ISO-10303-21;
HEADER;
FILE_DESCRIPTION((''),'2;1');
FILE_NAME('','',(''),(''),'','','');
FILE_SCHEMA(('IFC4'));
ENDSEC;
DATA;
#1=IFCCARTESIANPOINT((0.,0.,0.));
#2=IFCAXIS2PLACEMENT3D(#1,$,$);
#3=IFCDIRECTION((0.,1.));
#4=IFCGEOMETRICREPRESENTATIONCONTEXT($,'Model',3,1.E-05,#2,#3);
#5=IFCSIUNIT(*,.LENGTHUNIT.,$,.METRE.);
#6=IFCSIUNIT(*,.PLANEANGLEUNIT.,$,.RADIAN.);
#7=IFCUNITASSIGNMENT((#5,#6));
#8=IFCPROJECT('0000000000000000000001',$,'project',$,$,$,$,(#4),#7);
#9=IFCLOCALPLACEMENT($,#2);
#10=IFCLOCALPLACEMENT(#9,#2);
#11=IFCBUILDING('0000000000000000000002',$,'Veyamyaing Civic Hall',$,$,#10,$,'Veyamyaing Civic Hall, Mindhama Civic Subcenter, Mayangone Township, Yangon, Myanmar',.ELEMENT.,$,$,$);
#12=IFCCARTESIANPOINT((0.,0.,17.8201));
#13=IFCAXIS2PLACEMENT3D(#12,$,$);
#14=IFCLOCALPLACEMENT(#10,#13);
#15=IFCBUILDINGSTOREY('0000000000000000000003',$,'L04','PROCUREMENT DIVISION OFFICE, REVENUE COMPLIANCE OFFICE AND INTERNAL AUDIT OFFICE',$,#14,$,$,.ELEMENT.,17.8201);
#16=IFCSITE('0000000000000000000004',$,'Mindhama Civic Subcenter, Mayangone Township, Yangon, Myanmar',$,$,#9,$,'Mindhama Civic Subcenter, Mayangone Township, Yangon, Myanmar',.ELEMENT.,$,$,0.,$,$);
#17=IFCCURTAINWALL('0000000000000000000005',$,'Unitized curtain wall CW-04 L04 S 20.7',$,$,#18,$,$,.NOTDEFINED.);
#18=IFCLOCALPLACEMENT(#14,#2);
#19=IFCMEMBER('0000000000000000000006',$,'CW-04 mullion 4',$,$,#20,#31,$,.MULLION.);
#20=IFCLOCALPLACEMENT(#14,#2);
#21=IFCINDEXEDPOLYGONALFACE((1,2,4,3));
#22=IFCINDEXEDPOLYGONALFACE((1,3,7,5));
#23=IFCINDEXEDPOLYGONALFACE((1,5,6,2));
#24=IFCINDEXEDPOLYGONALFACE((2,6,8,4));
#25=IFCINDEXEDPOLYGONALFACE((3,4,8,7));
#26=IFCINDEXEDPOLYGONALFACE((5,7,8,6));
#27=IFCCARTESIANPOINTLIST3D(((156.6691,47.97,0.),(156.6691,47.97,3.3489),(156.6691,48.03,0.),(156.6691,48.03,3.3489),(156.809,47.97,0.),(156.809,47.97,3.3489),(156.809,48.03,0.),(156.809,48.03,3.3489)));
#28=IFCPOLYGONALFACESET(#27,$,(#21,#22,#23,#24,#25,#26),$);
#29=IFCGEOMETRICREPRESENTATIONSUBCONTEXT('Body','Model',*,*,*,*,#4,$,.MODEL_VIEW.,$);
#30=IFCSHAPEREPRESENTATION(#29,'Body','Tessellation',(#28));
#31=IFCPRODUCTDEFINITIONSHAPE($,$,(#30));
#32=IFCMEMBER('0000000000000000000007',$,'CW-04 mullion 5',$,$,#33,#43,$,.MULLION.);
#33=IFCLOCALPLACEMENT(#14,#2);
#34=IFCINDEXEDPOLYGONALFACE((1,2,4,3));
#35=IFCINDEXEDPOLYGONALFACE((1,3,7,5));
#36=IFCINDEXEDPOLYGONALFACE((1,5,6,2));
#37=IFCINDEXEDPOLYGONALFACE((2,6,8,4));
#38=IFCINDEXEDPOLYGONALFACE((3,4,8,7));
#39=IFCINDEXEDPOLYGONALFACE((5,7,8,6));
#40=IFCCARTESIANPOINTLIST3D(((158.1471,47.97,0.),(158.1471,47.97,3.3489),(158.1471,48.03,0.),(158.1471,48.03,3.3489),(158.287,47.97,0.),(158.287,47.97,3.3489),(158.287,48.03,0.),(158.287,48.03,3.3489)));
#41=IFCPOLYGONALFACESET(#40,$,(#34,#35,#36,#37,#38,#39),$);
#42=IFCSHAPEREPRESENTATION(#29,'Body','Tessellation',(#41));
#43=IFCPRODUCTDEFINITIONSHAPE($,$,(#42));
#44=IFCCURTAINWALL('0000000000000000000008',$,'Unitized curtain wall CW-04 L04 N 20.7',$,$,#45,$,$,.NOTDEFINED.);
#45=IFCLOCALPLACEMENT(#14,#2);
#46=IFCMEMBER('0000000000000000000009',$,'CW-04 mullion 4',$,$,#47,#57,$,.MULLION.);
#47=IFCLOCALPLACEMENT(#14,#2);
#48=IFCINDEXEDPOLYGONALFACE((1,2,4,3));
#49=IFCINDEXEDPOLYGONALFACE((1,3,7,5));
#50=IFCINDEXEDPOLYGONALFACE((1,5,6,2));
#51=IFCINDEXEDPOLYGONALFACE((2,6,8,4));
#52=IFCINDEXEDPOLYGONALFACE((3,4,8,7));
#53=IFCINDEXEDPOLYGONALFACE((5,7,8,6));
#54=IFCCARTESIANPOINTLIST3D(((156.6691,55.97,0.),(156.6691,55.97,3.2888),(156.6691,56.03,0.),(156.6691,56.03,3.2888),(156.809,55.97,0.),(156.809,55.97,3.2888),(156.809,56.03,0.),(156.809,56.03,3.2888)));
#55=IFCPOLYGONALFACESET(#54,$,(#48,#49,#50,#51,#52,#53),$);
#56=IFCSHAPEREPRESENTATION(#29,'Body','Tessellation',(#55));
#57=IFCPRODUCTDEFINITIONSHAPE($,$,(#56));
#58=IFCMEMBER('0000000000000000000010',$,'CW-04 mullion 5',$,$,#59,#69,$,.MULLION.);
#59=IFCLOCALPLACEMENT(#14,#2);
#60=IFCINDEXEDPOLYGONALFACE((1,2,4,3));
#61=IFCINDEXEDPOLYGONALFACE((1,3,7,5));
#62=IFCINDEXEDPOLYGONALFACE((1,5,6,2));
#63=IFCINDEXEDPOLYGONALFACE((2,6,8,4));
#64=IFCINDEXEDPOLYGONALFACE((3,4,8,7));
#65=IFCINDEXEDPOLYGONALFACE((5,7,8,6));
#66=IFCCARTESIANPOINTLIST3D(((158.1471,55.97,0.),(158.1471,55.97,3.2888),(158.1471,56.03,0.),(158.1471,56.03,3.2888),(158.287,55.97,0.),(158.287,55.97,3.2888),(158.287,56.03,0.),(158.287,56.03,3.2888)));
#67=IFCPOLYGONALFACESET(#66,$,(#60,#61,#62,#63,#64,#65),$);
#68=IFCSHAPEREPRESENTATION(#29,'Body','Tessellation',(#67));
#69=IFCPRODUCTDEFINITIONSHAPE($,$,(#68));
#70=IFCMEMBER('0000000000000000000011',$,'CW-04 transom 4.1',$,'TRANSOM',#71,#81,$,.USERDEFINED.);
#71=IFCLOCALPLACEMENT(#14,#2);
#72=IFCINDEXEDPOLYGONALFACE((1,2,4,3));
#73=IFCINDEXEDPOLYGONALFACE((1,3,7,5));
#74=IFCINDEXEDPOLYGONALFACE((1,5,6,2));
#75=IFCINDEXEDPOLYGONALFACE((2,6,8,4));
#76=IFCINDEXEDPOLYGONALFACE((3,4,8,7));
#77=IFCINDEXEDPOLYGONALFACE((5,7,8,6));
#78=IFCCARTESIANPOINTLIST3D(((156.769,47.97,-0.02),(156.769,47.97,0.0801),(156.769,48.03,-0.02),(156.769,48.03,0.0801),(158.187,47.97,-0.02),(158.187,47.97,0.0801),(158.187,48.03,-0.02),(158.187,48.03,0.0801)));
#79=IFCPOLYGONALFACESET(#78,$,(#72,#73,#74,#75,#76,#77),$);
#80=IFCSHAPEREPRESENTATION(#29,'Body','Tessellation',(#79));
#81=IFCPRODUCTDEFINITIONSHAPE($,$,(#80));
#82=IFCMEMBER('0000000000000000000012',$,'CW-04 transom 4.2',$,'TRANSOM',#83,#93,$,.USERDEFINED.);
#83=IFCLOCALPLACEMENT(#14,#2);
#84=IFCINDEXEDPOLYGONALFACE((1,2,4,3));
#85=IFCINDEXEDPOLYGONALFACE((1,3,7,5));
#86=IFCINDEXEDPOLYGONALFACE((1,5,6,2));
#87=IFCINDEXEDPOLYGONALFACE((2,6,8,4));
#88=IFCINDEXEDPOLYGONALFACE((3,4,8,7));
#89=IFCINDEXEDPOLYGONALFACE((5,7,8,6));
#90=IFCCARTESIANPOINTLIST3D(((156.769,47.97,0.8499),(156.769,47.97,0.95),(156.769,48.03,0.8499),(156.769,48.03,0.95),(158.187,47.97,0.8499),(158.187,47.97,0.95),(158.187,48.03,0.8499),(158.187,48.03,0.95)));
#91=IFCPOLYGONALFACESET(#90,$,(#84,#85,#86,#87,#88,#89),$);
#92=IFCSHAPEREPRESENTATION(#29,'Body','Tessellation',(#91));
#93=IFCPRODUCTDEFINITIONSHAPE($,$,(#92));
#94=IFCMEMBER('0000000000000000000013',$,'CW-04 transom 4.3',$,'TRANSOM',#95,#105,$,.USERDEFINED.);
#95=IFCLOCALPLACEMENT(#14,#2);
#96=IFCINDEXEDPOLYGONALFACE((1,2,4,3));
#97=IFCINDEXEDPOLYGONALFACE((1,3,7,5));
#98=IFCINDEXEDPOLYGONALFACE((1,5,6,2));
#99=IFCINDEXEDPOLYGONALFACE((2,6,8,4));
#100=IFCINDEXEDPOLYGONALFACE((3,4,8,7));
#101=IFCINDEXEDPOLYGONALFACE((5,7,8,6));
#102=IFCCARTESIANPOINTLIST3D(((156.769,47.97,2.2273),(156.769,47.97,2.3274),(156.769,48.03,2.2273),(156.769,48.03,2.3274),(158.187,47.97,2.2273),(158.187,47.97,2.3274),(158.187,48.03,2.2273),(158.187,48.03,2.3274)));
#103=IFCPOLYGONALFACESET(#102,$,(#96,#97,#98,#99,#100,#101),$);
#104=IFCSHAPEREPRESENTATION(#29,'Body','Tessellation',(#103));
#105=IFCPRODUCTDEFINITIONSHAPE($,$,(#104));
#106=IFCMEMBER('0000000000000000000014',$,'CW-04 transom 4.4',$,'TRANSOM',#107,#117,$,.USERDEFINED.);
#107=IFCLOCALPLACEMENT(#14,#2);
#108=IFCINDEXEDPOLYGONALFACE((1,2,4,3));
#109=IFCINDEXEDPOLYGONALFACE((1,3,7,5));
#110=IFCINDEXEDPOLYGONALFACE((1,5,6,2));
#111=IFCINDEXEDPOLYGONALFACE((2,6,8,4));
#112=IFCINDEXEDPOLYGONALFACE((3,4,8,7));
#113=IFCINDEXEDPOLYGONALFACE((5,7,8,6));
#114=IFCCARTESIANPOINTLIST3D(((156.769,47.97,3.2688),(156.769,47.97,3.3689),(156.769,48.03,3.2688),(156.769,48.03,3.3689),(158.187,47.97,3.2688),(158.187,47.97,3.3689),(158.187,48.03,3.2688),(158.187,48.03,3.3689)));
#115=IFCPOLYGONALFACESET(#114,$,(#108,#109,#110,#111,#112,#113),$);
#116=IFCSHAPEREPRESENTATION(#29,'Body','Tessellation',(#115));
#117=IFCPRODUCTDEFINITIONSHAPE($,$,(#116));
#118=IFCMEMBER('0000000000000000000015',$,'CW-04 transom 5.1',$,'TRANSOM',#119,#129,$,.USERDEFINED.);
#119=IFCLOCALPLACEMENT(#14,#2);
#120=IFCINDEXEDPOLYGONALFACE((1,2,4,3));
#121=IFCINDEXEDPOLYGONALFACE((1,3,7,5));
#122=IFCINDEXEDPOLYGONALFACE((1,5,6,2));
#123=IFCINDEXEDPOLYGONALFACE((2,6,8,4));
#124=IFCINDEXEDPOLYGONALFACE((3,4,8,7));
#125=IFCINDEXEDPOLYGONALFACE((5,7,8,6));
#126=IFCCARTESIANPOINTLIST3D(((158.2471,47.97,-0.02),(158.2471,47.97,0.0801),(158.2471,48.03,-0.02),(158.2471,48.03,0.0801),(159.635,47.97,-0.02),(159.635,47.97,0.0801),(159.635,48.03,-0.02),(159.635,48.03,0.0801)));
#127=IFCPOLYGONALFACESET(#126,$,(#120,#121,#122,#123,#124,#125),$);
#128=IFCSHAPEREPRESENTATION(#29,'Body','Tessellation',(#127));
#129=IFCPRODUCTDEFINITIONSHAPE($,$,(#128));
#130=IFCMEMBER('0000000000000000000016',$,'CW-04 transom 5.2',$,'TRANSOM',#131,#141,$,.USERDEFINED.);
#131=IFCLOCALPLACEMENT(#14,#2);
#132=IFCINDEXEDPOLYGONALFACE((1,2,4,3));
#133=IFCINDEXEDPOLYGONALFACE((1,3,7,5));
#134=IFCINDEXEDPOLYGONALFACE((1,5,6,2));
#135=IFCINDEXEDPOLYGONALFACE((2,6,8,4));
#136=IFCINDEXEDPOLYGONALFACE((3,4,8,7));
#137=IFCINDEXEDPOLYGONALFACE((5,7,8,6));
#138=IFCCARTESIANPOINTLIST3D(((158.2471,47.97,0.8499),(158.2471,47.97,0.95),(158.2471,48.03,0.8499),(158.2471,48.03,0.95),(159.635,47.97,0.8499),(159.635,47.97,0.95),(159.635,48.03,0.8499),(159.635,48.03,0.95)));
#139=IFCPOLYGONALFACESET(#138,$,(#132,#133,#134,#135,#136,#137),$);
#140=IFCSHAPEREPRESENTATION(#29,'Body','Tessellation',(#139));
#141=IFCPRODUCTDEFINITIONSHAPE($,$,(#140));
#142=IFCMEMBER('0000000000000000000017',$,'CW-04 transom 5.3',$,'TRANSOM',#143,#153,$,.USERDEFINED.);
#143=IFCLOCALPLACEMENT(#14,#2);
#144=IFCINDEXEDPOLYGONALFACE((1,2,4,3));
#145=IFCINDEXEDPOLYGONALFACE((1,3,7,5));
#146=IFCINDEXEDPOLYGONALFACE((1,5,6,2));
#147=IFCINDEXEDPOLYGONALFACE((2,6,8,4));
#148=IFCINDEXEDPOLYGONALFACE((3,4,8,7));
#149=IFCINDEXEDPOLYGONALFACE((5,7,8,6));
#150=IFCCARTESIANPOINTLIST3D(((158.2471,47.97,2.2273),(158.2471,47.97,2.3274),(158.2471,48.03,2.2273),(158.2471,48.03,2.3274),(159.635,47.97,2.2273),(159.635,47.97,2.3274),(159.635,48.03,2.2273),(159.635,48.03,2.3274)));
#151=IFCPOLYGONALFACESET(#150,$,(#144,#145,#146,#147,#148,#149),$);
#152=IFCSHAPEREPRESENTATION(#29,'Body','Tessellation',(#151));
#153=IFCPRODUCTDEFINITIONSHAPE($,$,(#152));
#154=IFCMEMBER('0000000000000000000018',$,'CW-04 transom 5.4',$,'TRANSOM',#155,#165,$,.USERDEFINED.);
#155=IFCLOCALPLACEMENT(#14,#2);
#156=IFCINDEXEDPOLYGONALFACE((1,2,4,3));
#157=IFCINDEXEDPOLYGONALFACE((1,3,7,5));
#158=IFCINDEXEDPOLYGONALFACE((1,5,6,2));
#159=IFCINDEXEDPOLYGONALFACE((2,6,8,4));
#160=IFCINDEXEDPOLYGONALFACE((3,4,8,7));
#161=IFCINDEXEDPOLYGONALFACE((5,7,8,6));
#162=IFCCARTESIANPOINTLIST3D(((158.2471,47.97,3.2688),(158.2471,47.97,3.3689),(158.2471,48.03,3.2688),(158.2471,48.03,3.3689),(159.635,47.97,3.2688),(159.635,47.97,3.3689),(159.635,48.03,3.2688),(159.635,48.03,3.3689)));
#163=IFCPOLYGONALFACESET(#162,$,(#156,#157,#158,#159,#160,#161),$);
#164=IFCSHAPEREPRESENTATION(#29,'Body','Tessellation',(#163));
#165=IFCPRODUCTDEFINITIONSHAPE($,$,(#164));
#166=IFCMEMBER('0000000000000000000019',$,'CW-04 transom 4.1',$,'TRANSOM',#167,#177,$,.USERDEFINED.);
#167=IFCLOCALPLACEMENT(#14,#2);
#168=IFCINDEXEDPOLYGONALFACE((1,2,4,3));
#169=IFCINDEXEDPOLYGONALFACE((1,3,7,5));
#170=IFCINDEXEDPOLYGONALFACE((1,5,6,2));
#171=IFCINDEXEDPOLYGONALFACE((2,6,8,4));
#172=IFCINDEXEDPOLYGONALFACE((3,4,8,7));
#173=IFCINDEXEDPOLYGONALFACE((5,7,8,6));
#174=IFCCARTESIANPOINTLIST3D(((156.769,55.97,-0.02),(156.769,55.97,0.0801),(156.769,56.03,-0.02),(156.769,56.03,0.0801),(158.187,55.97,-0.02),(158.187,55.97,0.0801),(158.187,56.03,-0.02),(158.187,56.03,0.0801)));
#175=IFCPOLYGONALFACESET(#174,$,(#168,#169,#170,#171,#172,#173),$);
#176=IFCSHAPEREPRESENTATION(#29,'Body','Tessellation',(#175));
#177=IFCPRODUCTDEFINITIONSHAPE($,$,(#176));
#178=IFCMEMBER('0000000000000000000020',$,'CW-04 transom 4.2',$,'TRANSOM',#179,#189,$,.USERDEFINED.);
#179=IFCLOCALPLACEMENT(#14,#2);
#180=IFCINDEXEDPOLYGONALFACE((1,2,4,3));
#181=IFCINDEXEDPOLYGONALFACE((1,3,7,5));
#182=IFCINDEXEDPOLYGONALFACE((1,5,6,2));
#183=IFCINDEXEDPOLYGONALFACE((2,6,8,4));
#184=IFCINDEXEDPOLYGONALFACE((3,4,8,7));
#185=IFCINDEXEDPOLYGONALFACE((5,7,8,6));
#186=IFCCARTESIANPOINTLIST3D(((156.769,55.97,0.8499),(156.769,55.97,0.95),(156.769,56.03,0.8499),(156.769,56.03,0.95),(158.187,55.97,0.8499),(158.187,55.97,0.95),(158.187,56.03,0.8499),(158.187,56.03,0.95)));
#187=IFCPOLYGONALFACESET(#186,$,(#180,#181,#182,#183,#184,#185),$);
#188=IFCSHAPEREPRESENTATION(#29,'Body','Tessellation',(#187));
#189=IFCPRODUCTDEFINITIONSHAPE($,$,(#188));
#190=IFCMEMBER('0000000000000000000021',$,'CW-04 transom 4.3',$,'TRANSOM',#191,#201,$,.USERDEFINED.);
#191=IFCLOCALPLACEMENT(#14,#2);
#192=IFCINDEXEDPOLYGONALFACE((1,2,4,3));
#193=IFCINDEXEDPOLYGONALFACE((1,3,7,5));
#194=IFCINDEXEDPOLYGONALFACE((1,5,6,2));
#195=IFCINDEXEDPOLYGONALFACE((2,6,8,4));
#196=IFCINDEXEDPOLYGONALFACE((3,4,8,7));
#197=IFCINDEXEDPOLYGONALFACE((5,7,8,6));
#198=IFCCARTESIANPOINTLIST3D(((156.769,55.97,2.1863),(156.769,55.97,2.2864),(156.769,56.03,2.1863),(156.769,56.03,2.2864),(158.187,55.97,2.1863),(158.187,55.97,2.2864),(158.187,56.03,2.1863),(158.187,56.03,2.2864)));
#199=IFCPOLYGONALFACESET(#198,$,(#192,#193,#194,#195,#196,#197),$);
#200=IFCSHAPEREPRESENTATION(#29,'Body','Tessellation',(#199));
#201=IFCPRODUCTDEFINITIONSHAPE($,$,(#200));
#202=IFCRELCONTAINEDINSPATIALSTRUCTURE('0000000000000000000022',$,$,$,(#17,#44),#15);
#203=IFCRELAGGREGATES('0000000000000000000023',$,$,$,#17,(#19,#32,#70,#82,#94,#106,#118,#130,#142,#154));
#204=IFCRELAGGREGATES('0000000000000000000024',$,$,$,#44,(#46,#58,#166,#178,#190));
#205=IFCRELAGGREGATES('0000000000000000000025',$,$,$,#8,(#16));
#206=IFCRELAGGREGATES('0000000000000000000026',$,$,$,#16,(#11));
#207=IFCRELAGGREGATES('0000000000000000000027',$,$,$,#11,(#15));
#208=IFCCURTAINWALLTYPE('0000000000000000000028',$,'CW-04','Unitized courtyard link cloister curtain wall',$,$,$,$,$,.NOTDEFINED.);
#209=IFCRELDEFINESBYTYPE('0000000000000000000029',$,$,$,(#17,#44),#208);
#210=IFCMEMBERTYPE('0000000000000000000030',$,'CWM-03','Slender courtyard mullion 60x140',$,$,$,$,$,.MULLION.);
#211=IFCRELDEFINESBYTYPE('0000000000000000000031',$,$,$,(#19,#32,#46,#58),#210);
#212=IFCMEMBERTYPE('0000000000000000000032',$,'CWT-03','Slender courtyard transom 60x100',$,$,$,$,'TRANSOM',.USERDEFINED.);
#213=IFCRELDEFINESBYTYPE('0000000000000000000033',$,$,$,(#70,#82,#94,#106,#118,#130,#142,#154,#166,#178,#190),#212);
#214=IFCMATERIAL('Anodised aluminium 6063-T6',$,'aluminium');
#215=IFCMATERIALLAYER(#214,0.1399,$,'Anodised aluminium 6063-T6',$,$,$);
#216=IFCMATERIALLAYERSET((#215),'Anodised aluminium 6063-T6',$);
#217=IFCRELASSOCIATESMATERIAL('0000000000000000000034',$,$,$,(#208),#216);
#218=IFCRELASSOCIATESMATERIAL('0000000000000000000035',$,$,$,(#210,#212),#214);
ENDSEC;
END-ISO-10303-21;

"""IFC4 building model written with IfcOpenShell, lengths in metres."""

from ifc_helpers import new_model, si_unit, direction, frame, origin, origin_2d, place, context, subcontext, project, spatial, rectangle, extrude, material, layer, layer_set, material_profile, profile_set, type_object, element, aggregate, save


model = new_model("IFC4")

# Units and contexts
model_context = context("Model", 3, precision=1e-05, world=origin(), true_north=direction((0.0, 1.0)))
body_context = subcontext(model_context, "Body", "Model", "MODEL_VIEW")
ifc_project = project(units=[si_unit("LENGTHUNIT", "METRE"), si_unit("PLANEANGLEUNIT", "RADIAN")], contexts=[model_context])

# Site, building, storey
site_placement = place(None, origin())
site = spatial("IfcSite", under=ifc_project, at=site_placement, Name="Mindhama Civic Subcenter, Mayangone Township, Yangon, Myanmar", LongName="Mindhama Civic Subcenter, Mayangone Township, Yangon, Myanmar", CompositionType="ELEMENT", RefElevation=0.0)
building_placement = place(site_placement, origin())
building = spatial("IfcBuilding", under=site, at=building_placement, Name="Veyamyaing Civic Hall", LongName="Veyamyaing Civic Hall, Mindhama Civic Subcenter, Mayangone Township, Yangon, Myanmar", CompositionType="ELEMENT")
storey_placement = place(building_placement, frame((0.0, 0.0, 17.8201)))
storey = spatial("IfcBuildingStorey", under=building, at=storey_placement, Name="L04", Description="PROCUREMENT DIVISION OFFICE, REVENUE COMPLIANCE OFFICE AND INTERNAL AUDIT OFFICE", CompositionType="ELEMENT", Elevation=17.8201)

# Curtain walls, members
ifc_material_1 = material(Name="Anodised aluminium 6063-T6", Category="aluminium")
ifc_layer_1 = layer(ifc_material_1, 0.1399, Name="Anodised aluminium 6063-T6")
ifc_layer_set_1 = layer_set([ifc_layer_1], Name="Anodised aluminium 6063-T6")
curtain_wall_type = type_object("IfcCurtainWallType", Name="CW-04", Description="Unitized courtyard link cloister curtain wall", PredefinedType="NOTDEFINED", material=ifc_layer_set_1)
curtain_wall_1_placement = place(storey_placement, origin())
curtain_wall_1 = element("IfcCurtainWall", 1, at=curtain_wall_1_placement, inside=storey, type_object=curtain_wall_type, Name="Unitized curtain wall CW-04 L04 S 20.7", PredefinedType="NOTDEFINED")
ifc_material_profile_1 = material_profile(ifc_material_1, rectangle(XDim=0.0601, YDim=0.1399, at=origin_2d()), Name="ALU-MUL-60X140")
ifc_profile_set_1 = profile_set([ifc_material_profile_1], Name="Anodised aluminium 6063-T6")
member_type_1 = type_object("IfcMemberType", Name="CWM-03", Description="Slender courtyard mullion 60x140", PredefinedType="MULLION", material=ifc_profile_set_1)
member_1_placement = place(storey_placement, frame((156.739, 48.0, 0.0), z_axis=(0.0, 0.0, 1.0), x_axis=(0.0, 1.0, 0.0)))
member_1 = element("IfcMember", 2, at=member_1_placement, type_object=member_type_1, Name="CW-04 mullion 4", PredefinedType="MULLION", context=body_context, shape_type="SweptSolid", body=[
    extrude(rectangle(XDim=0.0601, YDim=0.1399, at=origin_2d()), origin(), (0.0, 0.0, 1.0), 3.3489),
])
member_2_placement = place(storey_placement, frame((158.217, 48.0, 0.0), z_axis=(0.0, 0.0, 1.0), x_axis=(0.0, 1.0, 0.0)))
member_2 = element("IfcMember", 3, at=member_2_placement, type_object=member_type_1, Name="CW-04 mullion 5", PredefinedType="MULLION", context=body_context, shape_type="SweptSolid", body=[
    extrude(rectangle(XDim=0.0601, YDim=0.1399, at=origin_2d()), origin(), (0.0, 0.0, 1.0), 3.3489),
])
curtain_wall_2_placement = place(storey_placement, origin())
curtain_wall_2 = element("IfcCurtainWall", 4, at=curtain_wall_2_placement, inside=storey, type_object=curtain_wall_type, Name="Unitized curtain wall CW-04 L04 N 20.7", PredefinedType="NOTDEFINED")
member_3_placement = place(storey_placement, frame((156.739, 56.0, 0.0), z_axis=(0.0, 0.0, 1.0), x_axis=(0.0, 1.0, 0.0)))
member_3 = element("IfcMember", 5, at=member_3_placement, type_object=member_type_1, Name="CW-04 mullion 4", PredefinedType="MULLION", context=body_context, shape_type="SweptSolid", body=[
    extrude(rectangle(XDim=0.0601, YDim=0.1399, at=origin_2d()), origin(), (0.0, 0.0, 1.0), 3.2888),
])
member_4_placement = place(storey_placement, frame((158.217, 56.0, 0.0), z_axis=(0.0, 0.0, 1.0), x_axis=(0.0, 1.0, 0.0)))
member_4 = element("IfcMember", 6, at=member_4_placement, type_object=member_type_1, Name="CW-04 mullion 5", PredefinedType="MULLION", context=body_context, shape_type="SweptSolid", body=[
    extrude(rectangle(XDim=0.0601, YDim=0.1399, at=origin_2d()), origin(), (0.0, 0.0, 1.0), 3.2888),
])

# Members
ifc_material_profile_2 = material_profile(ifc_material_1, rectangle(XDim=0.0601, YDim=0.1001, at=origin_2d()), Name="ALU-TRN-60X100")
ifc_profile_set_2 = profile_set([ifc_material_profile_2], Name="Anodised aluminium 6063-T6")
member_type_2 = type_object("IfcMemberType", Name="CWT-03", Description="Slender courtyard transom 60x100", ElementType="TRANSOM", PredefinedType="USERDEFINED", material=ifc_profile_set_2)
member_5_placement = place(storey_placement, frame((156.769, 48.0, 0.03), z_axis=(1.0, 0.0, 0.0), x_axis=(0.0, 1.0, 0.0)))
member_5 = element("IfcMember", 7, at=member_5_placement, type_object=member_type_2, Name="CW-04 transom 4.1", ObjectType="TRANSOM", PredefinedType="USERDEFINED", context=body_context, shape_type="SweptSolid", body=[
    extrude(rectangle(XDim=0.0601, YDim=0.1001, at=origin_2d()), origin(), (0.0, 0.0, 1.0), 1.418),
])
member_6_placement = place(storey_placement, frame((156.769, 48.0, 0.8999), z_axis=(1.0, 0.0, 0.0), x_axis=(0.0, 1.0, 0.0)))
member_6 = element("IfcMember", 8, at=member_6_placement, type_object=member_type_2, Name="CW-04 transom 4.2", ObjectType="TRANSOM", PredefinedType="USERDEFINED", context=body_context, shape_type="SweptSolid", body=[
    extrude(rectangle(XDim=0.0601, YDim=0.1001, at=origin_2d()), origin(), (0.0, 0.0, 1.0), 1.418),
])
member_7_placement = place(storey_placement, frame((156.769, 48.0, 2.2773), z_axis=(1.0, 0.0, 0.0), x_axis=(0.0, 1.0, 0.0)))
member_7 = element("IfcMember", 9, at=member_7_placement, type_object=member_type_2, Name="CW-04 transom 4.3", ObjectType="TRANSOM", PredefinedType="USERDEFINED", context=body_context, shape_type="SweptSolid", body=[
    extrude(rectangle(XDim=0.0601, YDim=0.1001, at=origin_2d()), origin(), (0.0, 0.0, 1.0), 1.418),
])
member_8_placement = place(storey_placement, frame((156.769, 48.0, 3.3188), z_axis=(1.0, 0.0, 0.0), x_axis=(0.0, 1.0, 0.0)))
member_8 = element("IfcMember", 10, at=member_8_placement, type_object=member_type_2, Name="CW-04 transom 4.4", ObjectType="TRANSOM", PredefinedType="USERDEFINED", context=body_context, shape_type="SweptSolid", body=[
    extrude(rectangle(XDim=0.0601, YDim=0.1001, at=origin_2d()), origin(), (0.0, 0.0, 1.0), 1.418),
])
member_9_placement = place(storey_placement, frame((158.2471, 48.0, 0.03), z_axis=(1.0, 0.0, 0.0), x_axis=(0.0, 1.0, 0.0)))
member_9 = element("IfcMember", 11, at=member_9_placement, type_object=member_type_2, Name="CW-04 transom 5.1", ObjectType="TRANSOM", PredefinedType="USERDEFINED", context=body_context, shape_type="SweptSolid", body=[
    extrude(rectangle(XDim=0.0601, YDim=0.1001, at=origin_2d()), origin(), (0.0, 0.0, 1.0), 1.3879),
])
member_10_placement = place(storey_placement, frame((158.2471, 48.0, 0.8999), z_axis=(1.0, 0.0, 0.0), x_axis=(0.0, 1.0, 0.0)))
member_10 = element("IfcMember", 12, at=member_10_placement, type_object=member_type_2, Name="CW-04 transom 5.2", ObjectType="TRANSOM", PredefinedType="USERDEFINED", context=body_context, shape_type="SweptSolid", body=[
    extrude(rectangle(XDim=0.0601, YDim=0.1001, at=origin_2d()), origin(), (0.0, 0.0, 1.0), 1.3879),
])
member_11_placement = place(storey_placement, frame((158.2471, 48.0, 2.2773), z_axis=(1.0, 0.0, 0.0), x_axis=(0.0, 1.0, 0.0)))
member_11 = element("IfcMember", 13, at=member_11_placement, type_object=member_type_2, Name="CW-04 transom 5.3", ObjectType="TRANSOM", PredefinedType="USERDEFINED", context=body_context, shape_type="SweptSolid", body=[
    extrude(rectangle(XDim=0.0601, YDim=0.1001, at=origin_2d()), origin(), (0.0, 0.0, 1.0), 1.3879),
])
member_12_placement = place(storey_placement, frame((158.2471, 48.0, 3.3188), z_axis=(1.0, 0.0, 0.0), x_axis=(0.0, 1.0, 0.0)))
member_12 = element("IfcMember", 14, at=member_12_placement, type_object=member_type_2, Name="CW-04 transom 5.4", ObjectType="TRANSOM", PredefinedType="USERDEFINED", context=body_context, shape_type="SweptSolid", body=[
    extrude(rectangle(XDim=0.0601, YDim=0.1001, at=origin_2d()), origin(), (0.0, 0.0, 1.0), 1.3879),
])
member_13_placement = place(storey_placement, frame((156.769, 56.0, 0.03), z_axis=(1.0, 0.0, 0.0), x_axis=(0.0, 1.0, 0.0)))
member_13 = element("IfcMember", 15, at=member_13_placement, type_object=member_type_2, Name="CW-04 transom 4.1", ObjectType="TRANSOM", PredefinedType="USERDEFINED", context=body_context, shape_type="SweptSolid", body=[
    extrude(rectangle(XDim=0.0601, YDim=0.1001, at=origin_2d()), origin(), (0.0, 0.0, 1.0), 1.418),
])
member_14_placement = place(storey_placement, frame((156.769, 56.0, 0.8999), z_axis=(1.0, 0.0, 0.0), x_axis=(0.0, 1.0, 0.0)))
member_14 = element("IfcMember", 16, at=member_14_placement, type_object=member_type_2, Name="CW-04 transom 4.2", ObjectType="TRANSOM", PredefinedType="USERDEFINED", context=body_context, shape_type="SweptSolid", body=[
    extrude(rectangle(XDim=0.0601, YDim=0.1001, at=origin_2d()), origin(), (0.0, 0.0, 1.0), 1.418),
])
member_15_placement = place(storey_placement, frame((156.769, 56.0, 2.2363), z_axis=(1.0, 0.0, 0.0), x_axis=(0.0, 1.0, 0.0)))
member_15 = element("IfcMember", 17, at=member_15_placement, type_object=member_type_2, Name="CW-04 transom 4.3", ObjectType="TRANSOM", PredefinedType="USERDEFINED", context=body_context, shape_type="SweptSolid", body=[
    extrude(rectangle(XDim=0.0601, YDim=0.1001, at=origin_2d()), origin(), (0.0, 0.0, 1.0), 1.418),
])

aggregate(curtain_wall_1, [member_1, member_2, member_5, member_6, member_7, member_8, member_9, member_10, member_11, member_12])
aggregate(curtain_wall_2, [member_3, member_4, member_13, member_14, member_15])

save(model, "model.ifc")
